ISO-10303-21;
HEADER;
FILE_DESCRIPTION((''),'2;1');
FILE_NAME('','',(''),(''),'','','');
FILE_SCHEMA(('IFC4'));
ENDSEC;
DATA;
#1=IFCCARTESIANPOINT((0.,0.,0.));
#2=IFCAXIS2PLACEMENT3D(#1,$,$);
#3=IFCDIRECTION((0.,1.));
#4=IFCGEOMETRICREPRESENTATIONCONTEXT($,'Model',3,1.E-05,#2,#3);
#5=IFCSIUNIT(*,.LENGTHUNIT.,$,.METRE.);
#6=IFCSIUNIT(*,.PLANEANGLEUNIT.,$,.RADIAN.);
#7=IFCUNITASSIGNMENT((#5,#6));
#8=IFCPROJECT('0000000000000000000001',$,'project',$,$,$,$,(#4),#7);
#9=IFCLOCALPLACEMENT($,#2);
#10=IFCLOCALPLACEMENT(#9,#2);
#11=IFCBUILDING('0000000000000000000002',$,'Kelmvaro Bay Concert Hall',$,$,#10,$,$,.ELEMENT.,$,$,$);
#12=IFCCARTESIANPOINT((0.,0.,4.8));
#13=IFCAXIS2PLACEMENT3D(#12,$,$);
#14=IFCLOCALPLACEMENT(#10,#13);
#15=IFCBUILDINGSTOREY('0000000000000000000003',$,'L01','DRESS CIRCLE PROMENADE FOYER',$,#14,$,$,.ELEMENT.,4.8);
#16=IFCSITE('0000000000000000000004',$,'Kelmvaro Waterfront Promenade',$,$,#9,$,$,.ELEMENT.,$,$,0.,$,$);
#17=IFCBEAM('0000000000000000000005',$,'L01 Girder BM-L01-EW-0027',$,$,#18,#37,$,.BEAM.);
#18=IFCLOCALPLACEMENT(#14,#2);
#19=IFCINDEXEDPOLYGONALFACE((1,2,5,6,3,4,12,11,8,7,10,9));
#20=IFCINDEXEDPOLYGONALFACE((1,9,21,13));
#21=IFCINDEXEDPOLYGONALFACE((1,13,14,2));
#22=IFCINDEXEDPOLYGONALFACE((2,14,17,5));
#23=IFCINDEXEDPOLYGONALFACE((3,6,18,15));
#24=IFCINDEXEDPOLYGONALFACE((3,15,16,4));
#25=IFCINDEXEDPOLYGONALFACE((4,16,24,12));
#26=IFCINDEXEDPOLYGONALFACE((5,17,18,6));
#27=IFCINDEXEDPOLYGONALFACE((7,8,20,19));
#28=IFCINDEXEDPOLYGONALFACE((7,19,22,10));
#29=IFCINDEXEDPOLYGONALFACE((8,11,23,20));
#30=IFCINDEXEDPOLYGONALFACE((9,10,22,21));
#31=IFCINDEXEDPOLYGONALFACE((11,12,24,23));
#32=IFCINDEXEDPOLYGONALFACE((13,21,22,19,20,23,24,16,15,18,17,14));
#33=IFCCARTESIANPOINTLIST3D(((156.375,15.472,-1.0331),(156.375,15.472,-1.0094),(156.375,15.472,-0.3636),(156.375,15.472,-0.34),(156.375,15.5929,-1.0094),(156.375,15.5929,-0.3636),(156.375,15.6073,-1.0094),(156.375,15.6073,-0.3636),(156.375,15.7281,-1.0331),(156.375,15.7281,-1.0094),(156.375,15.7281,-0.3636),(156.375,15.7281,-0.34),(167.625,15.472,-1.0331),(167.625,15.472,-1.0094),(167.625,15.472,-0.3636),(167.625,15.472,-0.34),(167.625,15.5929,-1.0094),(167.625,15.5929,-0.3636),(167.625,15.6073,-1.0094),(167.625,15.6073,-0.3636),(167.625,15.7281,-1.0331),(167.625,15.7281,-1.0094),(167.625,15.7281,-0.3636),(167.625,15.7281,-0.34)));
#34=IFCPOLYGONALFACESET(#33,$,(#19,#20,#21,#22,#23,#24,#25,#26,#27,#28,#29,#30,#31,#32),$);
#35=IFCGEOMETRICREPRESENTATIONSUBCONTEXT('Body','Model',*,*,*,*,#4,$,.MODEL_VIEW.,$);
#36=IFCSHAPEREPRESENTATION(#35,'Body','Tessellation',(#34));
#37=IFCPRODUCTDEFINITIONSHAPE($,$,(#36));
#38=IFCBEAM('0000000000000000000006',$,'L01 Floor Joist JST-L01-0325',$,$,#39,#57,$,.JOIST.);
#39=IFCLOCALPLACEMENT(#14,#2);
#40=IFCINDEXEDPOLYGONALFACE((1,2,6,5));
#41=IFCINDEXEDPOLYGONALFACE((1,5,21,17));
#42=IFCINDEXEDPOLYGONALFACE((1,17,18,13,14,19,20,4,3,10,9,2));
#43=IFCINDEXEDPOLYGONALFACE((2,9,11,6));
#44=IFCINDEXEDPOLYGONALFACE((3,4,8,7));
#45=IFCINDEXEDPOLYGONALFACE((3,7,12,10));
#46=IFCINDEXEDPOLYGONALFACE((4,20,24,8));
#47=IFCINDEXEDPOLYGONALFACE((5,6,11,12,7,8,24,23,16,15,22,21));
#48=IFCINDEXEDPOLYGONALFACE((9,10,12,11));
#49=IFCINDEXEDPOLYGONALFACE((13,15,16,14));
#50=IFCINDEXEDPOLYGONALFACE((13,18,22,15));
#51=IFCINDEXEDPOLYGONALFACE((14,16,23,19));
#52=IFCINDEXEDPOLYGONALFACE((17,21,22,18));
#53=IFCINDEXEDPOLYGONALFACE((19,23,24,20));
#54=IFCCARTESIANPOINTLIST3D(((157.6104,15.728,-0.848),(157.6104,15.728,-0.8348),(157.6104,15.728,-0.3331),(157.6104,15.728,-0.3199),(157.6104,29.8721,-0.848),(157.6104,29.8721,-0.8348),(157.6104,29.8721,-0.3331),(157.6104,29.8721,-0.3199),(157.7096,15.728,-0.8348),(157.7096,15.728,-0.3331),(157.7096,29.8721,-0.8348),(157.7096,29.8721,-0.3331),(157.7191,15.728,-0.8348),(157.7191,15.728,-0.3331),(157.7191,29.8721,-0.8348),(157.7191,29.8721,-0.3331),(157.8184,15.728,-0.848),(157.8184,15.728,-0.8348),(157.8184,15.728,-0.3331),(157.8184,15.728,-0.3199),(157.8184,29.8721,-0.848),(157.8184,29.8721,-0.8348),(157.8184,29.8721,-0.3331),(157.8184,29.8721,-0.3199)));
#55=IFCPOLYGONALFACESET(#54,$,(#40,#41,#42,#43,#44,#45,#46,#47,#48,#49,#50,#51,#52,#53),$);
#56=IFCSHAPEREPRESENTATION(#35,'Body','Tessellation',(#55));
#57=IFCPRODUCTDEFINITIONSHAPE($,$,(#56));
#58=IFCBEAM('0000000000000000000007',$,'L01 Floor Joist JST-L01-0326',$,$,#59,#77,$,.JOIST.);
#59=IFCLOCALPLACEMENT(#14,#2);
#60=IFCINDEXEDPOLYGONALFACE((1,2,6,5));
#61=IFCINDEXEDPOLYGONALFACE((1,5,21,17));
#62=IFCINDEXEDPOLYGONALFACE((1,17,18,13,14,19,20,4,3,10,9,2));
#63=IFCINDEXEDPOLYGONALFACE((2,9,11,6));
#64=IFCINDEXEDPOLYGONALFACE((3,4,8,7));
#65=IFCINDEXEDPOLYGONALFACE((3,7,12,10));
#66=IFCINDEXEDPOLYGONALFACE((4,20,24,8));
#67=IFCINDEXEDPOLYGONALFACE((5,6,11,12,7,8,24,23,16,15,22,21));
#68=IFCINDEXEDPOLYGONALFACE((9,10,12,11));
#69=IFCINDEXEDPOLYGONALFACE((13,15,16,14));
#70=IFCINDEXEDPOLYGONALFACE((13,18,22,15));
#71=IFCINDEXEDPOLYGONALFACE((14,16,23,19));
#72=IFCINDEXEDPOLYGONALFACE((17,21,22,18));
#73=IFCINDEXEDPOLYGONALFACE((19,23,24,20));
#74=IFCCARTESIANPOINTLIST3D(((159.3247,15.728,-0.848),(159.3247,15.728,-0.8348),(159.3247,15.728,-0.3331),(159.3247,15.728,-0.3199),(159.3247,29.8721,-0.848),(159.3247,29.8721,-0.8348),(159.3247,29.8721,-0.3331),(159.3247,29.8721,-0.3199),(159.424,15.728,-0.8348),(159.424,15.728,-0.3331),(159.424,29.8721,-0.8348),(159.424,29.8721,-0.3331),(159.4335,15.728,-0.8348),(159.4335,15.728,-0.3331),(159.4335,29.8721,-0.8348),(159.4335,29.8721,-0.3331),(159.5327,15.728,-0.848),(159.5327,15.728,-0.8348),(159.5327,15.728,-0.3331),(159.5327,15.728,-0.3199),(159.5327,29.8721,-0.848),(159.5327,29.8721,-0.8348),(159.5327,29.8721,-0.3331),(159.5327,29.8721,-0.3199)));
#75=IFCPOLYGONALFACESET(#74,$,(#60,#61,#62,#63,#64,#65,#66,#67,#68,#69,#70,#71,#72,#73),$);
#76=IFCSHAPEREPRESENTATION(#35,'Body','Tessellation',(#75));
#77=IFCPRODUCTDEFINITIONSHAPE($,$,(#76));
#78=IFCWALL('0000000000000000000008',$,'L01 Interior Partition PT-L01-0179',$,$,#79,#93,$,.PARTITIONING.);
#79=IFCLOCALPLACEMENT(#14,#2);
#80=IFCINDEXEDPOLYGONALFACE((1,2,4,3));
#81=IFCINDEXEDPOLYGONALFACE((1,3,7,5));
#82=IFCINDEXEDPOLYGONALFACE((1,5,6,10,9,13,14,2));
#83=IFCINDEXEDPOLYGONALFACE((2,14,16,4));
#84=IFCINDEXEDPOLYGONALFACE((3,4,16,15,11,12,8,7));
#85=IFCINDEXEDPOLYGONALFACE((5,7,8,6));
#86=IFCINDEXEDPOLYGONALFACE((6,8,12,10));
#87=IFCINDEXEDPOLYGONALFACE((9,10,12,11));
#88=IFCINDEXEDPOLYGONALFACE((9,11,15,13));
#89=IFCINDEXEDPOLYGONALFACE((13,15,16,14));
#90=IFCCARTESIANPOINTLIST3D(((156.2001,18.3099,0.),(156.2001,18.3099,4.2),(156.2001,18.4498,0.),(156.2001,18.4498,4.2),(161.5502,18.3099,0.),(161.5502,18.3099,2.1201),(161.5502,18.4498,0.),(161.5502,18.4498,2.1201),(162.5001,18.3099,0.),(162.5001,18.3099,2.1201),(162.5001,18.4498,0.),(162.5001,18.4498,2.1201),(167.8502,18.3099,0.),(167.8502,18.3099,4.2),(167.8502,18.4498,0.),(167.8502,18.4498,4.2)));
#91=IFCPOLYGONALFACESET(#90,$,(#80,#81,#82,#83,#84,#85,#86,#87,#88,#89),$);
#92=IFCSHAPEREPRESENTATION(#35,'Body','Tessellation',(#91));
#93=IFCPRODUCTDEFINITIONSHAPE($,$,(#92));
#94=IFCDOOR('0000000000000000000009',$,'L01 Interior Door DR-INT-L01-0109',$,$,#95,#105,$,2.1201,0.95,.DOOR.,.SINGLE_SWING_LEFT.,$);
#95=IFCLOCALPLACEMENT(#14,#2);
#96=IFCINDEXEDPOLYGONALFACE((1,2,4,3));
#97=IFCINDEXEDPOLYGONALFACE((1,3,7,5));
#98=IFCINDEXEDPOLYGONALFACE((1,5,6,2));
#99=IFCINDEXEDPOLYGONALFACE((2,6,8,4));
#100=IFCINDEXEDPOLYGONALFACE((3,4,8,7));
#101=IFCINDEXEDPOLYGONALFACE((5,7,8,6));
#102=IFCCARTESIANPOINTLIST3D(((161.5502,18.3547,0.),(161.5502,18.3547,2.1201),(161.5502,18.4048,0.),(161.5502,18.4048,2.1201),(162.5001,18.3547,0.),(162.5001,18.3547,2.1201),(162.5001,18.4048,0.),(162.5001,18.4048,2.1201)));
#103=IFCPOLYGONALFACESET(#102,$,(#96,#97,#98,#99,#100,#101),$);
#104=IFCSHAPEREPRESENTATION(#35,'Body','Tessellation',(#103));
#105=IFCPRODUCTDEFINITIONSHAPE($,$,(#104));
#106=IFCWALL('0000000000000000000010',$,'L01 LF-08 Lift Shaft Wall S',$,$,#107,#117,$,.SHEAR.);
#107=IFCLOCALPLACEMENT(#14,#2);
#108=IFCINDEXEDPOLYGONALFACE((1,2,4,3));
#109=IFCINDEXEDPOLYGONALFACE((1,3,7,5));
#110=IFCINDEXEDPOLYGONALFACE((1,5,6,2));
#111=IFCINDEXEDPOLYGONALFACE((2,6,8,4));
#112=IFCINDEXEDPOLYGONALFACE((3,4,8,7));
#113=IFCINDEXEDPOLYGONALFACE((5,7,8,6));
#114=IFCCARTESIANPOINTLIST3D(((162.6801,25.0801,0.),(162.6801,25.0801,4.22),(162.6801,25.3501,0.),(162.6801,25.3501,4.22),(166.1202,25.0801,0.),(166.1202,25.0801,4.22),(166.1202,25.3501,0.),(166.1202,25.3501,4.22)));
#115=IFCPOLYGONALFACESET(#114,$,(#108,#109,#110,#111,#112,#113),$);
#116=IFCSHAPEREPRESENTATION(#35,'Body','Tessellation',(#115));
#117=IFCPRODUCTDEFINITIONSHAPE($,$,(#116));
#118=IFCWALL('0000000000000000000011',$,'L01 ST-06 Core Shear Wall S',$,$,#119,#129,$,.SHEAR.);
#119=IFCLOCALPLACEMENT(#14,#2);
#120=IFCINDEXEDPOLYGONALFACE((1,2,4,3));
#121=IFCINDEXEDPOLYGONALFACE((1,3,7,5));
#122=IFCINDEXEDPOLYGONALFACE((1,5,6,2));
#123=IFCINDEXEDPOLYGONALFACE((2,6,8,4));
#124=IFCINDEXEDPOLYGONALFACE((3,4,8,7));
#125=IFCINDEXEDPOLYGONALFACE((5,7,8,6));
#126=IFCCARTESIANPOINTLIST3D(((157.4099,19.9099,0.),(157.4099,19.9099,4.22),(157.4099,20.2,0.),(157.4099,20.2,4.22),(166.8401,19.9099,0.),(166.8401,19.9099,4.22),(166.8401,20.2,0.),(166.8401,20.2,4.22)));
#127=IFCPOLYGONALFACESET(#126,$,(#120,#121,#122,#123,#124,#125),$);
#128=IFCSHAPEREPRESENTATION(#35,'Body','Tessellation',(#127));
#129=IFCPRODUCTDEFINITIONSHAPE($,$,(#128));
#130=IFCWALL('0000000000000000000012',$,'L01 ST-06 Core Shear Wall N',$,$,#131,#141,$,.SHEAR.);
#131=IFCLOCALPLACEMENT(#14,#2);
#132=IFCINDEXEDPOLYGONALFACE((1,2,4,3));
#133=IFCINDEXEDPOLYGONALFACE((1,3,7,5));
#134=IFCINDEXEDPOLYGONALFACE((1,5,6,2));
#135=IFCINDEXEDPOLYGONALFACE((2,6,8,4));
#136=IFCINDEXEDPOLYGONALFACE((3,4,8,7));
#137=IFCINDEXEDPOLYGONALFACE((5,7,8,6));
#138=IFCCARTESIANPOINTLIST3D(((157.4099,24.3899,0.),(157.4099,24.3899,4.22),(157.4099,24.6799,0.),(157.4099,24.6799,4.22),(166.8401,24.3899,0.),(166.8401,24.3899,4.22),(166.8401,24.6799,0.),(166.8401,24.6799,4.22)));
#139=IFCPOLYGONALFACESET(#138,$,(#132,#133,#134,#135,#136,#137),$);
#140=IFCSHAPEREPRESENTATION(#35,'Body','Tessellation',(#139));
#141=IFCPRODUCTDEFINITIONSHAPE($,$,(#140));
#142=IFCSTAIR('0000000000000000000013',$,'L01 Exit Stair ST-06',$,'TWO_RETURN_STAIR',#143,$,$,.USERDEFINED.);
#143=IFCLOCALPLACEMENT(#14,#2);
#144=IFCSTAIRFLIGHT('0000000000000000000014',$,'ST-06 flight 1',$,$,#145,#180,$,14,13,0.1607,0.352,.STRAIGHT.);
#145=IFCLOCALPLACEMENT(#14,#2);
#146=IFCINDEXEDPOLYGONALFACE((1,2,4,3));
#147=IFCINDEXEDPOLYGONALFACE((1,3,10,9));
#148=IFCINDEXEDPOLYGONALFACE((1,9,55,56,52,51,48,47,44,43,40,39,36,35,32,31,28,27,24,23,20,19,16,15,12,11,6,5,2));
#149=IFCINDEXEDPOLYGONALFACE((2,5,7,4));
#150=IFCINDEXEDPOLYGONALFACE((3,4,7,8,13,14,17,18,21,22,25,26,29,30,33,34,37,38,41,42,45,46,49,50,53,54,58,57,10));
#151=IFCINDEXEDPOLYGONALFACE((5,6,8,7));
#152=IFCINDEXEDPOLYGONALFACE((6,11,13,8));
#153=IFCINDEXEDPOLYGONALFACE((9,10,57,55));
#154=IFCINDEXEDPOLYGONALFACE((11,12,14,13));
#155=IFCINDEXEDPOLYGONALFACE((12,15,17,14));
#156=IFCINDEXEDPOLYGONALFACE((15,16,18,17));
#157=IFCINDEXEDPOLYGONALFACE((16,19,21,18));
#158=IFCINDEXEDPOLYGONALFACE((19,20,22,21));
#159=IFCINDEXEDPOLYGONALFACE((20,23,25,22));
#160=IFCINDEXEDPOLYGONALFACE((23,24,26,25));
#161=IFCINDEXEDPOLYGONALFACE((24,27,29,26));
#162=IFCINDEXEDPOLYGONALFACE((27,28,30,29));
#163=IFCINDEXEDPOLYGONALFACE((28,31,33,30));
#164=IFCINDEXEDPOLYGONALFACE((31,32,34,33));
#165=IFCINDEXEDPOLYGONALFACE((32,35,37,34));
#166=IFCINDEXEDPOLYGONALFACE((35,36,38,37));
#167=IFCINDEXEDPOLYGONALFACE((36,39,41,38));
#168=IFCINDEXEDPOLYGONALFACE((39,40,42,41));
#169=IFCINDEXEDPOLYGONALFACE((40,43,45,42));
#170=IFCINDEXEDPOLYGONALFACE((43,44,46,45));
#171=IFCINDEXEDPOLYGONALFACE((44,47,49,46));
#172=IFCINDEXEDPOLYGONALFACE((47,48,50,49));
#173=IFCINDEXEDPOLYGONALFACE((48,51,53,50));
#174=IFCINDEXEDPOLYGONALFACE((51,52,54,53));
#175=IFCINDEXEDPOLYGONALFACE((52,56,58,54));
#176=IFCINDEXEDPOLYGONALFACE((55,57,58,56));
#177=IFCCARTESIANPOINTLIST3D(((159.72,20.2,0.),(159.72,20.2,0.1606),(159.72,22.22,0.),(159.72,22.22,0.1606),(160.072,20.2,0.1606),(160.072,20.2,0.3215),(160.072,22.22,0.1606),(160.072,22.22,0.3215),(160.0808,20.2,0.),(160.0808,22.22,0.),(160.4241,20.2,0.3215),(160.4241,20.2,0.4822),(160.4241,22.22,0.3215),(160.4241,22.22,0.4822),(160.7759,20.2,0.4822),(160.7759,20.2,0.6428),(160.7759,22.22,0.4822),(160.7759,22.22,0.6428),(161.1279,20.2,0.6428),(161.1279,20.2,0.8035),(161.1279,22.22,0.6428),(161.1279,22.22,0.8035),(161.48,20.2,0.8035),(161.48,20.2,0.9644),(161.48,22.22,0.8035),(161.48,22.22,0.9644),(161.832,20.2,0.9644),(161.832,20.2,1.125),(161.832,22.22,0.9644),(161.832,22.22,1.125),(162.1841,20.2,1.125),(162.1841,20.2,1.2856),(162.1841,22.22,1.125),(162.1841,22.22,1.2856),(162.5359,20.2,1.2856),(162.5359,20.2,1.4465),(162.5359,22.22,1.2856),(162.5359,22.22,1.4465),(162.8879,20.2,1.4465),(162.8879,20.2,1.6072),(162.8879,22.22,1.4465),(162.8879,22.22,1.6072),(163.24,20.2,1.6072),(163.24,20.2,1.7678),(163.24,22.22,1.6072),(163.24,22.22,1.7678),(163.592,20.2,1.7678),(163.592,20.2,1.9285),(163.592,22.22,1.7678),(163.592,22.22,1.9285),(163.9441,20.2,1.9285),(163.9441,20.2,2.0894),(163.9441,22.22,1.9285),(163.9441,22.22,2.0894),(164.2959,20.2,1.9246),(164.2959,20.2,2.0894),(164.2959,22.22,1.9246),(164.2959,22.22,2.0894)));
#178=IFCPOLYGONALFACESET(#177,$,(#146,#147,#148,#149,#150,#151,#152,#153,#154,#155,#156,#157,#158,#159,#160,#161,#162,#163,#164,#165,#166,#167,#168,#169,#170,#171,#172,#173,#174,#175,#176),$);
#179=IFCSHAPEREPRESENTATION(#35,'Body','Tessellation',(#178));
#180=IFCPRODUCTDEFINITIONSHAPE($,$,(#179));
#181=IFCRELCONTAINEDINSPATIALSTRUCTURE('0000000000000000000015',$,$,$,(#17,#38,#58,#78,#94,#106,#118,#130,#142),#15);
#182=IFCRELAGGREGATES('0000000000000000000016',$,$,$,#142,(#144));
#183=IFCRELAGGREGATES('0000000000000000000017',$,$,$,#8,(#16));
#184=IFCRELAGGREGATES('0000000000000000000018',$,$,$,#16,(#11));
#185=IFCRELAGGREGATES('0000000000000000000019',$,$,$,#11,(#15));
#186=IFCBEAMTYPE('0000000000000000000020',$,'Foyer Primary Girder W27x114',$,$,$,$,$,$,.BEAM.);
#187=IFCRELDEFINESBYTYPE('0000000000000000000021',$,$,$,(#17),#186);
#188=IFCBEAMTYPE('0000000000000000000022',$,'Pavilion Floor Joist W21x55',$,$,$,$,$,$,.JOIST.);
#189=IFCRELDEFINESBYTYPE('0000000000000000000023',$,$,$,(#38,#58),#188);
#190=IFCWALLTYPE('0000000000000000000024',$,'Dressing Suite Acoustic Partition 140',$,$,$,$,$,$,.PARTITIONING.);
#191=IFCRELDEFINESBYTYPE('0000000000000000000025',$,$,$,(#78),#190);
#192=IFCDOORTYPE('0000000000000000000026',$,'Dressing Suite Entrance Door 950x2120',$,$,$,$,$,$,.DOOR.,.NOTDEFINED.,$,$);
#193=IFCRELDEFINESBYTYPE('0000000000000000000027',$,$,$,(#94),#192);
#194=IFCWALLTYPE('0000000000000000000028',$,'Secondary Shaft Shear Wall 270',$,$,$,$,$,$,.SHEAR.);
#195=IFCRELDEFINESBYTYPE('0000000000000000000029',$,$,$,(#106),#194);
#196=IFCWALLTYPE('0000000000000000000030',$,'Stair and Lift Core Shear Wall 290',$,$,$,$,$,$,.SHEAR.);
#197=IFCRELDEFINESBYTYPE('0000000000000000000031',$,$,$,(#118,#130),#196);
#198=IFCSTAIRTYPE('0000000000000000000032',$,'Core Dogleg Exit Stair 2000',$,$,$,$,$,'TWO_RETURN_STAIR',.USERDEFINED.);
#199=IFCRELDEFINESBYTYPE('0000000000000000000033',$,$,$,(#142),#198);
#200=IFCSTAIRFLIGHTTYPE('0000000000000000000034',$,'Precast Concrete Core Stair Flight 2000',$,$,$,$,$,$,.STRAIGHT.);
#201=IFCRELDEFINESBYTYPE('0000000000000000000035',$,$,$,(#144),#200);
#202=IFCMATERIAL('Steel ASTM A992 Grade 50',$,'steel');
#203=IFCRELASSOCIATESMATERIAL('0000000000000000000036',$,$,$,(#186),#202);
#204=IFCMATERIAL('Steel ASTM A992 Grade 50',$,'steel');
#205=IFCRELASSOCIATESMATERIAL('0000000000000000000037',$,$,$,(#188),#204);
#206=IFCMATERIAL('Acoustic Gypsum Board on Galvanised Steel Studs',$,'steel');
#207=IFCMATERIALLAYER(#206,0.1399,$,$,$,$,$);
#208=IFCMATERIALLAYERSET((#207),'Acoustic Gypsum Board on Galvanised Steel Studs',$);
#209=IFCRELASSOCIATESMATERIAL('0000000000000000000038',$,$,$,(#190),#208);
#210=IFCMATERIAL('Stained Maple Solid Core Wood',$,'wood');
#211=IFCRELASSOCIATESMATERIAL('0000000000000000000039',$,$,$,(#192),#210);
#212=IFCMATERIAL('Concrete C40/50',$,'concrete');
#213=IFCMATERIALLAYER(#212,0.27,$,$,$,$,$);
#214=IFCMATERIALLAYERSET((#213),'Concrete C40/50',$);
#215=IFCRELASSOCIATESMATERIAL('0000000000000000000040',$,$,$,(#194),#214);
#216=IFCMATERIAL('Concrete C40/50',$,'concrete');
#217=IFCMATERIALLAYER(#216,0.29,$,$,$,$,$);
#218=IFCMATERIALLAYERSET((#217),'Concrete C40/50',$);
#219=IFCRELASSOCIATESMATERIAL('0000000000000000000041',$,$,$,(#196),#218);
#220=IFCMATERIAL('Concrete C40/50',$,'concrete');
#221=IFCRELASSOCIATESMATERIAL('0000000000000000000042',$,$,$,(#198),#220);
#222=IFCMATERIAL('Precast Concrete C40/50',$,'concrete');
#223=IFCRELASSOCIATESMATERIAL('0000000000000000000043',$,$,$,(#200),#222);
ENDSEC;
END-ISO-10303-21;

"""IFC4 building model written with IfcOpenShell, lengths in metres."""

from ifc_helpers import new_model, si_unit, direction, frame, frame_2d, origin, origin_2d, place, context, subcontext, project, spatial, polyline, rectangle, i_section, outline, extrude, material, layer, layer_set, material_profile, profile_set, type_object, element, fill, aggregate, save


model = new_model("IFC4")

# Units and contexts
model_context = context("Model", 3, precision=1e-05, world=origin(), true_north=direction((0.0, 1.0)))
body_context = subcontext(model_context, "Body", "Model", "MODEL_VIEW")
ifc_project = project(units=[si_unit("LENGTHUNIT", "METRE"), si_unit("PLANEANGLEUNIT", "RADIAN")], contexts=[model_context])

# Site, building, storey
site_placement = place(None, origin())
site = spatial("IfcSite", under=ifc_project, at=site_placement, Name="Kelmvaro Waterfront Promenade", CompositionType="ELEMENT", RefElevation=0.0)
building_placement = place(site_placement, origin())
building = spatial("IfcBuilding", under=site, at=building_placement, Name="Kelmvaro Bay Concert Hall", CompositionType="ELEMENT")
storey_placement = place(building_placement, frame((0.0, 0.0, 4.8)))
storey = spatial("IfcBuildingStorey", under=building, at=storey_placement, Name="L01", Description="DRESS CIRCLE PROMENADE FOYER", CompositionType="ELEMENT", Elevation=4.8)

# Beams
ifc_material_1 = material(Name="Steel ASTM A992 Grade 50", Category="steel")
ifc_material_profile_1 = material_profile(ifc_material_1, i_section(OverallWidth=0.2561, OverallDepth=0.6931, WebThickness=0.0144, FlangeThickness=0.0237, at=origin_2d()), Name="W27X114")
ifc_profile_set_1 = profile_set([ifc_material_profile_1], Name="Steel ASTM A992 Grade 50")
beam_type_1 = type_object("IfcBeamType", Name="Foyer Primary Girder W27x114", PredefinedType="BEAM", material=ifc_profile_set_1)
beam_placement = place(storey_placement, frame((156.375, 15.6001, -0.6865), z_axis=(1.0, 0.0, 0.0), x_axis=(0.0, 1.0, 0.0)))
element("IfcBeam", 1, at=beam_placement, inside=storey, type_object=beam_type_1, Name="L01 Girder BM-L01-EW-0027", PredefinedType="BEAM", context=body_context, shape_type="SweptSolid", body=[
    extrude(i_section(OverallWidth=0.2561, OverallDepth=0.6931, WebThickness=0.0144, FlangeThickness=0.0237, at=origin_2d()), origin(), (0.0, 0.0, 1.0), 11.25),
])
ifc_material_2 = material(Name="Steel ASTM A992 Grade 50", Category="steel")
ifc_material_profile_2 = material_profile(ifc_material_2, i_section(OverallWidth=0.208, OverallDepth=0.5281, WebThickness=0.0095, FlangeThickness=0.0132, at=origin_2d()), Name="W21X55")
ifc_profile_set_2 = profile_set([ifc_material_profile_2], Name="Steel ASTM A992 Grade 50")
beam_type_2 = type_object("IfcBeamType", Name="Pavilion Floor Joist W21x55", PredefinedType="JOIST", material=ifc_profile_set_2)
for number, where, z_axis, x_axis, name in (
    (2, (157.7144, 15.728, -0.584), (0.0, 1.0, 0.0), (-1.0, 0.0, 0.0), "L01 Floor Joist JST-L01-0325"),
    (3, (159.4287, 15.728, -0.584), (0.0, 1.0, 0.0), (-1.0, 0.0, 0.0), "L01 Floor Joist JST-L01-0326"),
):
    element("IfcBeam", number, at=place(storey_placement, frame(where, z_axis=z_axis, x_axis=x_axis)), inside=storey, type_object=beam_type_2, Name=name, PredefinedType="JOIST", context=body_context, shape_type="SweptSolid", body=[
        extrude(i_section(OverallWidth=0.208, OverallDepth=0.5281, WebThickness=0.0095, FlangeThickness=0.0132, at=origin_2d()), origin(), (0.0, 0.0, 1.0), 14.144),
    ])

# Wall, opening, door
ifc_material_3 = material(Name="Acoustic Gypsum Board on Galvanised Steel Studs", Category="steel")
ifc_layer_1 = layer(ifc_material_3, 0.1399)
ifc_layer_set_1 = layer_set([ifc_layer_1], Name="Acoustic Gypsum Board on Galvanised Steel Studs")
wall_type_1 = type_object("IfcWallType", Name="Dressing Suite Acoustic Partition 140", PredefinedType="PARTITIONING", material=ifc_layer_set_1)
wall_1_placement = place(storey_placement, frame((156.2, 18.3799, 0.0), z_axis=(0.0, 0.0, 1.0), x_axis=(1.0, 0.0, 0.0)))
wall_1 = element("IfcWall", 4, at=wall_1_placement, inside=storey, type_object=wall_type_1, Name="L01 Interior Partition PT-L01-0179", PredefinedType="PARTITIONING", context=body_context, shape_type="SweptSolid", body=[
    extrude(rectangle(XDim=11.6501, YDim=0.1399, at=frame_2d((5.8252, 0.0))), origin(), (0.0, 0.0, 1.0), 4.2),
])
opening_1_placement = place(wall_1_placement, frame((5.3501, 0.0, 0.0)))
opening_1 = element("IfcOpeningElement", 5, at=opening_1_placement, cuts=wall_1, PredefinedType="OPENING", context=body_context, shape_type="SweptSolid", body=[
    extrude(rectangle(XDim=0.95, YDim=2.1201, at=frame_2d((0.4751, 1.0601))), frame((0.0, 0.0798, 0.0), z_axis=(0.0, -1.0, 0.0), x_axis=(1.0, 0.0, 0.0)), (0.0, 0.0, 1.0), 0.1599),
])
ifc_material_4 = material(Name="Stained Maple Solid Core Wood", Category="wood")
door_type_1 = type_object("IfcDoorType", Name="Dressing Suite Entrance Door 950x2120", OperationType="NOTDEFINED", PredefinedType="DOOR", material=ifc_material_4)
door_1_placement = place(opening_1_placement, origin())
door_1 = element("IfcDoor", 6, at=door_1_placement, inside=storey, type_object=door_type_1, Name="L01 Interior Door DR-INT-L01-0109", OperationType="SINGLE_SWING_LEFT", OverallHeight=2.1201, OverallWidth=0.95, PredefinedType="DOOR", context=body_context, shape_type="SweptSolid", body=[
    extrude(rectangle(XDim=0.95, YDim=2.1201, at=frame_2d((0.4751, 1.0601))), frame((0.0, 0.0249, 0.0), z_axis=(0.0, -1.0, 0.0), x_axis=(1.0, 0.0, 0.0)), (0.0, 0.0, 1.0), 0.05),
])
fill(opening_1, door_1)

# Walls
ifc_material_5 = material(Name="Concrete C40/50", Category="concrete")
ifc_layer_2 = layer(ifc_material_5, 0.27)
ifc_layer_set_2 = layer_set([ifc_layer_2], Name="Concrete C40/50")
wall_type_2 = type_object("IfcWallType", Name="Secondary Shaft Shear Wall 270", PredefinedType="SHEAR", material=ifc_layer_set_2)
wall_2_placement = place(storey_placement, frame((162.6799, 25.2151, 0.0), z_axis=(0.0, 0.0, 1.0), x_axis=(1.0, 0.0, 0.0)))
element("IfcWall", 7, at=wall_2_placement, inside=storey, type_object=wall_type_2, Name="L01 LF-08 Lift Shaft Wall S", PredefinedType="SHEAR", context=body_context, shape_type="SweptSolid", body=[
    extrude(rectangle(XDim=3.4402, YDim=0.27, at=frame_2d((1.7202, 0.0))), origin(), (0.0, 0.0, 1.0), 4.22),
])
ifc_material_6 = material(Name="Concrete C40/50", Category="concrete")
ifc_layer_3 = layer(ifc_material_6, 0.29)
ifc_layer_set_3 = layer_set([ifc_layer_3], Name="Concrete C40/50")
wall_type_3 = type_object("IfcWallType", Name="Stair and Lift Core Shear Wall 290", PredefinedType="SHEAR", material=ifc_layer_set_3)
for number, where, z_axis, x_axis, name in (
    (8, (157.4099, 20.0549, 0.0), (0.0, 0.0, 1.0), (1.0, 0.0, 0.0), "L01 ST-06 Core Shear Wall S"),
    (9, (157.4099, 24.5349, 0.0), (0.0, 0.0, 1.0), (1.0, 0.0, 0.0), "L01 ST-06 Core Shear Wall N"),
):
    element("IfcWall", number, at=place(storey_placement, frame(where, z_axis=z_axis, x_axis=x_axis)), inside=storey, type_object=wall_type_3, Name=name, PredefinedType="SHEAR", context=body_context, shape_type="SweptSolid", body=[
        extrude(rectangle(XDim=9.4302, YDim=0.29, at=frame_2d((4.7151, 0.0))), origin(), (0.0, 0.0, 1.0), 4.22),
    ])

# Stair, stair flight
ifc_material_7 = material(Name="Concrete C40/50", Category="concrete")
stair_type = type_object("IfcStairType", Name="Core Dogleg Exit Stair 2000", ElementType="TWO_RETURN_STAIR", PredefinedType="USERDEFINED", material=ifc_material_7)
stair_placement = place(storey_placement, origin())
stair = element("IfcStair", 10, at=stair_placement, inside=storey, type_object=stair_type, Name="L01 Exit Stair ST-06", ObjectType="TWO_RETURN_STAIR", PredefinedType="USERDEFINED")
ifc_material_8 = material(Name="Precast Concrete C40/50", Category="concrete")
stair_flight_type = type_object("IfcStairFlightType", Name="Precast Concrete Core Stair Flight 2000", PredefinedType="STRAIGHT", material=ifc_material_8)
stair_flight_1_placement = place(storey_placement, frame((159.72, 21.21, 0.0), z_axis=(0.0, 0.0, 1.0), x_axis=(1.0, 0.0, 0.0)))
stair_flight_1 = element("IfcStairFlight", 11, at=stair_flight_1_placement, type_object=stair_flight_type, Name="ST-06 flight 1", NumberOfRisers=14, NumberOfTreads=13, PredefinedType="STRAIGHT", RiserHeight=0.1607, TreadLength=0.352, context=body_context, shape_type="SweptSolid", body=[
    extrude(outline(polyline([(0.0, 0.0), (0.0, 0.1606), (0.3521, 0.1606), (0.3521, 0.3215), (0.7041, 0.3215), (0.7041, 0.4822), (1.0559, 0.4822), (1.0559, 0.6428), (1.408, 0.6428), (1.408, 0.8035), (1.76, 0.8035), (1.76, 0.9644), (2.1121, 0.9644), (2.1121, 1.125), (2.4641, 1.125), (2.4641, 1.2856), (2.8159, 1.2856), (2.8159, 1.4465), (3.168, 1.4465), (3.168, 1.6072), (3.52, 1.6072), (3.52, 1.7678), (3.8721, 1.7678), (3.8721, 1.9285), (4.2241, 1.9285), (4.2241, 2.0894), (4.5759, 2.0894), (4.5759, 2.25), (4.5759, 1.9246), (0.3608, 0.0), (0.0, 0.0)])), frame((0.0, 1.01, 0.0), z_axis=(0.0, -1.0, 0.0), x_axis=(1.0, 0.0, 0.0)), (0.0, 0.0, 1.0), 2.02),
])
aggregate(stair, [stair_flight_1])

save(model, "model.ifc")
